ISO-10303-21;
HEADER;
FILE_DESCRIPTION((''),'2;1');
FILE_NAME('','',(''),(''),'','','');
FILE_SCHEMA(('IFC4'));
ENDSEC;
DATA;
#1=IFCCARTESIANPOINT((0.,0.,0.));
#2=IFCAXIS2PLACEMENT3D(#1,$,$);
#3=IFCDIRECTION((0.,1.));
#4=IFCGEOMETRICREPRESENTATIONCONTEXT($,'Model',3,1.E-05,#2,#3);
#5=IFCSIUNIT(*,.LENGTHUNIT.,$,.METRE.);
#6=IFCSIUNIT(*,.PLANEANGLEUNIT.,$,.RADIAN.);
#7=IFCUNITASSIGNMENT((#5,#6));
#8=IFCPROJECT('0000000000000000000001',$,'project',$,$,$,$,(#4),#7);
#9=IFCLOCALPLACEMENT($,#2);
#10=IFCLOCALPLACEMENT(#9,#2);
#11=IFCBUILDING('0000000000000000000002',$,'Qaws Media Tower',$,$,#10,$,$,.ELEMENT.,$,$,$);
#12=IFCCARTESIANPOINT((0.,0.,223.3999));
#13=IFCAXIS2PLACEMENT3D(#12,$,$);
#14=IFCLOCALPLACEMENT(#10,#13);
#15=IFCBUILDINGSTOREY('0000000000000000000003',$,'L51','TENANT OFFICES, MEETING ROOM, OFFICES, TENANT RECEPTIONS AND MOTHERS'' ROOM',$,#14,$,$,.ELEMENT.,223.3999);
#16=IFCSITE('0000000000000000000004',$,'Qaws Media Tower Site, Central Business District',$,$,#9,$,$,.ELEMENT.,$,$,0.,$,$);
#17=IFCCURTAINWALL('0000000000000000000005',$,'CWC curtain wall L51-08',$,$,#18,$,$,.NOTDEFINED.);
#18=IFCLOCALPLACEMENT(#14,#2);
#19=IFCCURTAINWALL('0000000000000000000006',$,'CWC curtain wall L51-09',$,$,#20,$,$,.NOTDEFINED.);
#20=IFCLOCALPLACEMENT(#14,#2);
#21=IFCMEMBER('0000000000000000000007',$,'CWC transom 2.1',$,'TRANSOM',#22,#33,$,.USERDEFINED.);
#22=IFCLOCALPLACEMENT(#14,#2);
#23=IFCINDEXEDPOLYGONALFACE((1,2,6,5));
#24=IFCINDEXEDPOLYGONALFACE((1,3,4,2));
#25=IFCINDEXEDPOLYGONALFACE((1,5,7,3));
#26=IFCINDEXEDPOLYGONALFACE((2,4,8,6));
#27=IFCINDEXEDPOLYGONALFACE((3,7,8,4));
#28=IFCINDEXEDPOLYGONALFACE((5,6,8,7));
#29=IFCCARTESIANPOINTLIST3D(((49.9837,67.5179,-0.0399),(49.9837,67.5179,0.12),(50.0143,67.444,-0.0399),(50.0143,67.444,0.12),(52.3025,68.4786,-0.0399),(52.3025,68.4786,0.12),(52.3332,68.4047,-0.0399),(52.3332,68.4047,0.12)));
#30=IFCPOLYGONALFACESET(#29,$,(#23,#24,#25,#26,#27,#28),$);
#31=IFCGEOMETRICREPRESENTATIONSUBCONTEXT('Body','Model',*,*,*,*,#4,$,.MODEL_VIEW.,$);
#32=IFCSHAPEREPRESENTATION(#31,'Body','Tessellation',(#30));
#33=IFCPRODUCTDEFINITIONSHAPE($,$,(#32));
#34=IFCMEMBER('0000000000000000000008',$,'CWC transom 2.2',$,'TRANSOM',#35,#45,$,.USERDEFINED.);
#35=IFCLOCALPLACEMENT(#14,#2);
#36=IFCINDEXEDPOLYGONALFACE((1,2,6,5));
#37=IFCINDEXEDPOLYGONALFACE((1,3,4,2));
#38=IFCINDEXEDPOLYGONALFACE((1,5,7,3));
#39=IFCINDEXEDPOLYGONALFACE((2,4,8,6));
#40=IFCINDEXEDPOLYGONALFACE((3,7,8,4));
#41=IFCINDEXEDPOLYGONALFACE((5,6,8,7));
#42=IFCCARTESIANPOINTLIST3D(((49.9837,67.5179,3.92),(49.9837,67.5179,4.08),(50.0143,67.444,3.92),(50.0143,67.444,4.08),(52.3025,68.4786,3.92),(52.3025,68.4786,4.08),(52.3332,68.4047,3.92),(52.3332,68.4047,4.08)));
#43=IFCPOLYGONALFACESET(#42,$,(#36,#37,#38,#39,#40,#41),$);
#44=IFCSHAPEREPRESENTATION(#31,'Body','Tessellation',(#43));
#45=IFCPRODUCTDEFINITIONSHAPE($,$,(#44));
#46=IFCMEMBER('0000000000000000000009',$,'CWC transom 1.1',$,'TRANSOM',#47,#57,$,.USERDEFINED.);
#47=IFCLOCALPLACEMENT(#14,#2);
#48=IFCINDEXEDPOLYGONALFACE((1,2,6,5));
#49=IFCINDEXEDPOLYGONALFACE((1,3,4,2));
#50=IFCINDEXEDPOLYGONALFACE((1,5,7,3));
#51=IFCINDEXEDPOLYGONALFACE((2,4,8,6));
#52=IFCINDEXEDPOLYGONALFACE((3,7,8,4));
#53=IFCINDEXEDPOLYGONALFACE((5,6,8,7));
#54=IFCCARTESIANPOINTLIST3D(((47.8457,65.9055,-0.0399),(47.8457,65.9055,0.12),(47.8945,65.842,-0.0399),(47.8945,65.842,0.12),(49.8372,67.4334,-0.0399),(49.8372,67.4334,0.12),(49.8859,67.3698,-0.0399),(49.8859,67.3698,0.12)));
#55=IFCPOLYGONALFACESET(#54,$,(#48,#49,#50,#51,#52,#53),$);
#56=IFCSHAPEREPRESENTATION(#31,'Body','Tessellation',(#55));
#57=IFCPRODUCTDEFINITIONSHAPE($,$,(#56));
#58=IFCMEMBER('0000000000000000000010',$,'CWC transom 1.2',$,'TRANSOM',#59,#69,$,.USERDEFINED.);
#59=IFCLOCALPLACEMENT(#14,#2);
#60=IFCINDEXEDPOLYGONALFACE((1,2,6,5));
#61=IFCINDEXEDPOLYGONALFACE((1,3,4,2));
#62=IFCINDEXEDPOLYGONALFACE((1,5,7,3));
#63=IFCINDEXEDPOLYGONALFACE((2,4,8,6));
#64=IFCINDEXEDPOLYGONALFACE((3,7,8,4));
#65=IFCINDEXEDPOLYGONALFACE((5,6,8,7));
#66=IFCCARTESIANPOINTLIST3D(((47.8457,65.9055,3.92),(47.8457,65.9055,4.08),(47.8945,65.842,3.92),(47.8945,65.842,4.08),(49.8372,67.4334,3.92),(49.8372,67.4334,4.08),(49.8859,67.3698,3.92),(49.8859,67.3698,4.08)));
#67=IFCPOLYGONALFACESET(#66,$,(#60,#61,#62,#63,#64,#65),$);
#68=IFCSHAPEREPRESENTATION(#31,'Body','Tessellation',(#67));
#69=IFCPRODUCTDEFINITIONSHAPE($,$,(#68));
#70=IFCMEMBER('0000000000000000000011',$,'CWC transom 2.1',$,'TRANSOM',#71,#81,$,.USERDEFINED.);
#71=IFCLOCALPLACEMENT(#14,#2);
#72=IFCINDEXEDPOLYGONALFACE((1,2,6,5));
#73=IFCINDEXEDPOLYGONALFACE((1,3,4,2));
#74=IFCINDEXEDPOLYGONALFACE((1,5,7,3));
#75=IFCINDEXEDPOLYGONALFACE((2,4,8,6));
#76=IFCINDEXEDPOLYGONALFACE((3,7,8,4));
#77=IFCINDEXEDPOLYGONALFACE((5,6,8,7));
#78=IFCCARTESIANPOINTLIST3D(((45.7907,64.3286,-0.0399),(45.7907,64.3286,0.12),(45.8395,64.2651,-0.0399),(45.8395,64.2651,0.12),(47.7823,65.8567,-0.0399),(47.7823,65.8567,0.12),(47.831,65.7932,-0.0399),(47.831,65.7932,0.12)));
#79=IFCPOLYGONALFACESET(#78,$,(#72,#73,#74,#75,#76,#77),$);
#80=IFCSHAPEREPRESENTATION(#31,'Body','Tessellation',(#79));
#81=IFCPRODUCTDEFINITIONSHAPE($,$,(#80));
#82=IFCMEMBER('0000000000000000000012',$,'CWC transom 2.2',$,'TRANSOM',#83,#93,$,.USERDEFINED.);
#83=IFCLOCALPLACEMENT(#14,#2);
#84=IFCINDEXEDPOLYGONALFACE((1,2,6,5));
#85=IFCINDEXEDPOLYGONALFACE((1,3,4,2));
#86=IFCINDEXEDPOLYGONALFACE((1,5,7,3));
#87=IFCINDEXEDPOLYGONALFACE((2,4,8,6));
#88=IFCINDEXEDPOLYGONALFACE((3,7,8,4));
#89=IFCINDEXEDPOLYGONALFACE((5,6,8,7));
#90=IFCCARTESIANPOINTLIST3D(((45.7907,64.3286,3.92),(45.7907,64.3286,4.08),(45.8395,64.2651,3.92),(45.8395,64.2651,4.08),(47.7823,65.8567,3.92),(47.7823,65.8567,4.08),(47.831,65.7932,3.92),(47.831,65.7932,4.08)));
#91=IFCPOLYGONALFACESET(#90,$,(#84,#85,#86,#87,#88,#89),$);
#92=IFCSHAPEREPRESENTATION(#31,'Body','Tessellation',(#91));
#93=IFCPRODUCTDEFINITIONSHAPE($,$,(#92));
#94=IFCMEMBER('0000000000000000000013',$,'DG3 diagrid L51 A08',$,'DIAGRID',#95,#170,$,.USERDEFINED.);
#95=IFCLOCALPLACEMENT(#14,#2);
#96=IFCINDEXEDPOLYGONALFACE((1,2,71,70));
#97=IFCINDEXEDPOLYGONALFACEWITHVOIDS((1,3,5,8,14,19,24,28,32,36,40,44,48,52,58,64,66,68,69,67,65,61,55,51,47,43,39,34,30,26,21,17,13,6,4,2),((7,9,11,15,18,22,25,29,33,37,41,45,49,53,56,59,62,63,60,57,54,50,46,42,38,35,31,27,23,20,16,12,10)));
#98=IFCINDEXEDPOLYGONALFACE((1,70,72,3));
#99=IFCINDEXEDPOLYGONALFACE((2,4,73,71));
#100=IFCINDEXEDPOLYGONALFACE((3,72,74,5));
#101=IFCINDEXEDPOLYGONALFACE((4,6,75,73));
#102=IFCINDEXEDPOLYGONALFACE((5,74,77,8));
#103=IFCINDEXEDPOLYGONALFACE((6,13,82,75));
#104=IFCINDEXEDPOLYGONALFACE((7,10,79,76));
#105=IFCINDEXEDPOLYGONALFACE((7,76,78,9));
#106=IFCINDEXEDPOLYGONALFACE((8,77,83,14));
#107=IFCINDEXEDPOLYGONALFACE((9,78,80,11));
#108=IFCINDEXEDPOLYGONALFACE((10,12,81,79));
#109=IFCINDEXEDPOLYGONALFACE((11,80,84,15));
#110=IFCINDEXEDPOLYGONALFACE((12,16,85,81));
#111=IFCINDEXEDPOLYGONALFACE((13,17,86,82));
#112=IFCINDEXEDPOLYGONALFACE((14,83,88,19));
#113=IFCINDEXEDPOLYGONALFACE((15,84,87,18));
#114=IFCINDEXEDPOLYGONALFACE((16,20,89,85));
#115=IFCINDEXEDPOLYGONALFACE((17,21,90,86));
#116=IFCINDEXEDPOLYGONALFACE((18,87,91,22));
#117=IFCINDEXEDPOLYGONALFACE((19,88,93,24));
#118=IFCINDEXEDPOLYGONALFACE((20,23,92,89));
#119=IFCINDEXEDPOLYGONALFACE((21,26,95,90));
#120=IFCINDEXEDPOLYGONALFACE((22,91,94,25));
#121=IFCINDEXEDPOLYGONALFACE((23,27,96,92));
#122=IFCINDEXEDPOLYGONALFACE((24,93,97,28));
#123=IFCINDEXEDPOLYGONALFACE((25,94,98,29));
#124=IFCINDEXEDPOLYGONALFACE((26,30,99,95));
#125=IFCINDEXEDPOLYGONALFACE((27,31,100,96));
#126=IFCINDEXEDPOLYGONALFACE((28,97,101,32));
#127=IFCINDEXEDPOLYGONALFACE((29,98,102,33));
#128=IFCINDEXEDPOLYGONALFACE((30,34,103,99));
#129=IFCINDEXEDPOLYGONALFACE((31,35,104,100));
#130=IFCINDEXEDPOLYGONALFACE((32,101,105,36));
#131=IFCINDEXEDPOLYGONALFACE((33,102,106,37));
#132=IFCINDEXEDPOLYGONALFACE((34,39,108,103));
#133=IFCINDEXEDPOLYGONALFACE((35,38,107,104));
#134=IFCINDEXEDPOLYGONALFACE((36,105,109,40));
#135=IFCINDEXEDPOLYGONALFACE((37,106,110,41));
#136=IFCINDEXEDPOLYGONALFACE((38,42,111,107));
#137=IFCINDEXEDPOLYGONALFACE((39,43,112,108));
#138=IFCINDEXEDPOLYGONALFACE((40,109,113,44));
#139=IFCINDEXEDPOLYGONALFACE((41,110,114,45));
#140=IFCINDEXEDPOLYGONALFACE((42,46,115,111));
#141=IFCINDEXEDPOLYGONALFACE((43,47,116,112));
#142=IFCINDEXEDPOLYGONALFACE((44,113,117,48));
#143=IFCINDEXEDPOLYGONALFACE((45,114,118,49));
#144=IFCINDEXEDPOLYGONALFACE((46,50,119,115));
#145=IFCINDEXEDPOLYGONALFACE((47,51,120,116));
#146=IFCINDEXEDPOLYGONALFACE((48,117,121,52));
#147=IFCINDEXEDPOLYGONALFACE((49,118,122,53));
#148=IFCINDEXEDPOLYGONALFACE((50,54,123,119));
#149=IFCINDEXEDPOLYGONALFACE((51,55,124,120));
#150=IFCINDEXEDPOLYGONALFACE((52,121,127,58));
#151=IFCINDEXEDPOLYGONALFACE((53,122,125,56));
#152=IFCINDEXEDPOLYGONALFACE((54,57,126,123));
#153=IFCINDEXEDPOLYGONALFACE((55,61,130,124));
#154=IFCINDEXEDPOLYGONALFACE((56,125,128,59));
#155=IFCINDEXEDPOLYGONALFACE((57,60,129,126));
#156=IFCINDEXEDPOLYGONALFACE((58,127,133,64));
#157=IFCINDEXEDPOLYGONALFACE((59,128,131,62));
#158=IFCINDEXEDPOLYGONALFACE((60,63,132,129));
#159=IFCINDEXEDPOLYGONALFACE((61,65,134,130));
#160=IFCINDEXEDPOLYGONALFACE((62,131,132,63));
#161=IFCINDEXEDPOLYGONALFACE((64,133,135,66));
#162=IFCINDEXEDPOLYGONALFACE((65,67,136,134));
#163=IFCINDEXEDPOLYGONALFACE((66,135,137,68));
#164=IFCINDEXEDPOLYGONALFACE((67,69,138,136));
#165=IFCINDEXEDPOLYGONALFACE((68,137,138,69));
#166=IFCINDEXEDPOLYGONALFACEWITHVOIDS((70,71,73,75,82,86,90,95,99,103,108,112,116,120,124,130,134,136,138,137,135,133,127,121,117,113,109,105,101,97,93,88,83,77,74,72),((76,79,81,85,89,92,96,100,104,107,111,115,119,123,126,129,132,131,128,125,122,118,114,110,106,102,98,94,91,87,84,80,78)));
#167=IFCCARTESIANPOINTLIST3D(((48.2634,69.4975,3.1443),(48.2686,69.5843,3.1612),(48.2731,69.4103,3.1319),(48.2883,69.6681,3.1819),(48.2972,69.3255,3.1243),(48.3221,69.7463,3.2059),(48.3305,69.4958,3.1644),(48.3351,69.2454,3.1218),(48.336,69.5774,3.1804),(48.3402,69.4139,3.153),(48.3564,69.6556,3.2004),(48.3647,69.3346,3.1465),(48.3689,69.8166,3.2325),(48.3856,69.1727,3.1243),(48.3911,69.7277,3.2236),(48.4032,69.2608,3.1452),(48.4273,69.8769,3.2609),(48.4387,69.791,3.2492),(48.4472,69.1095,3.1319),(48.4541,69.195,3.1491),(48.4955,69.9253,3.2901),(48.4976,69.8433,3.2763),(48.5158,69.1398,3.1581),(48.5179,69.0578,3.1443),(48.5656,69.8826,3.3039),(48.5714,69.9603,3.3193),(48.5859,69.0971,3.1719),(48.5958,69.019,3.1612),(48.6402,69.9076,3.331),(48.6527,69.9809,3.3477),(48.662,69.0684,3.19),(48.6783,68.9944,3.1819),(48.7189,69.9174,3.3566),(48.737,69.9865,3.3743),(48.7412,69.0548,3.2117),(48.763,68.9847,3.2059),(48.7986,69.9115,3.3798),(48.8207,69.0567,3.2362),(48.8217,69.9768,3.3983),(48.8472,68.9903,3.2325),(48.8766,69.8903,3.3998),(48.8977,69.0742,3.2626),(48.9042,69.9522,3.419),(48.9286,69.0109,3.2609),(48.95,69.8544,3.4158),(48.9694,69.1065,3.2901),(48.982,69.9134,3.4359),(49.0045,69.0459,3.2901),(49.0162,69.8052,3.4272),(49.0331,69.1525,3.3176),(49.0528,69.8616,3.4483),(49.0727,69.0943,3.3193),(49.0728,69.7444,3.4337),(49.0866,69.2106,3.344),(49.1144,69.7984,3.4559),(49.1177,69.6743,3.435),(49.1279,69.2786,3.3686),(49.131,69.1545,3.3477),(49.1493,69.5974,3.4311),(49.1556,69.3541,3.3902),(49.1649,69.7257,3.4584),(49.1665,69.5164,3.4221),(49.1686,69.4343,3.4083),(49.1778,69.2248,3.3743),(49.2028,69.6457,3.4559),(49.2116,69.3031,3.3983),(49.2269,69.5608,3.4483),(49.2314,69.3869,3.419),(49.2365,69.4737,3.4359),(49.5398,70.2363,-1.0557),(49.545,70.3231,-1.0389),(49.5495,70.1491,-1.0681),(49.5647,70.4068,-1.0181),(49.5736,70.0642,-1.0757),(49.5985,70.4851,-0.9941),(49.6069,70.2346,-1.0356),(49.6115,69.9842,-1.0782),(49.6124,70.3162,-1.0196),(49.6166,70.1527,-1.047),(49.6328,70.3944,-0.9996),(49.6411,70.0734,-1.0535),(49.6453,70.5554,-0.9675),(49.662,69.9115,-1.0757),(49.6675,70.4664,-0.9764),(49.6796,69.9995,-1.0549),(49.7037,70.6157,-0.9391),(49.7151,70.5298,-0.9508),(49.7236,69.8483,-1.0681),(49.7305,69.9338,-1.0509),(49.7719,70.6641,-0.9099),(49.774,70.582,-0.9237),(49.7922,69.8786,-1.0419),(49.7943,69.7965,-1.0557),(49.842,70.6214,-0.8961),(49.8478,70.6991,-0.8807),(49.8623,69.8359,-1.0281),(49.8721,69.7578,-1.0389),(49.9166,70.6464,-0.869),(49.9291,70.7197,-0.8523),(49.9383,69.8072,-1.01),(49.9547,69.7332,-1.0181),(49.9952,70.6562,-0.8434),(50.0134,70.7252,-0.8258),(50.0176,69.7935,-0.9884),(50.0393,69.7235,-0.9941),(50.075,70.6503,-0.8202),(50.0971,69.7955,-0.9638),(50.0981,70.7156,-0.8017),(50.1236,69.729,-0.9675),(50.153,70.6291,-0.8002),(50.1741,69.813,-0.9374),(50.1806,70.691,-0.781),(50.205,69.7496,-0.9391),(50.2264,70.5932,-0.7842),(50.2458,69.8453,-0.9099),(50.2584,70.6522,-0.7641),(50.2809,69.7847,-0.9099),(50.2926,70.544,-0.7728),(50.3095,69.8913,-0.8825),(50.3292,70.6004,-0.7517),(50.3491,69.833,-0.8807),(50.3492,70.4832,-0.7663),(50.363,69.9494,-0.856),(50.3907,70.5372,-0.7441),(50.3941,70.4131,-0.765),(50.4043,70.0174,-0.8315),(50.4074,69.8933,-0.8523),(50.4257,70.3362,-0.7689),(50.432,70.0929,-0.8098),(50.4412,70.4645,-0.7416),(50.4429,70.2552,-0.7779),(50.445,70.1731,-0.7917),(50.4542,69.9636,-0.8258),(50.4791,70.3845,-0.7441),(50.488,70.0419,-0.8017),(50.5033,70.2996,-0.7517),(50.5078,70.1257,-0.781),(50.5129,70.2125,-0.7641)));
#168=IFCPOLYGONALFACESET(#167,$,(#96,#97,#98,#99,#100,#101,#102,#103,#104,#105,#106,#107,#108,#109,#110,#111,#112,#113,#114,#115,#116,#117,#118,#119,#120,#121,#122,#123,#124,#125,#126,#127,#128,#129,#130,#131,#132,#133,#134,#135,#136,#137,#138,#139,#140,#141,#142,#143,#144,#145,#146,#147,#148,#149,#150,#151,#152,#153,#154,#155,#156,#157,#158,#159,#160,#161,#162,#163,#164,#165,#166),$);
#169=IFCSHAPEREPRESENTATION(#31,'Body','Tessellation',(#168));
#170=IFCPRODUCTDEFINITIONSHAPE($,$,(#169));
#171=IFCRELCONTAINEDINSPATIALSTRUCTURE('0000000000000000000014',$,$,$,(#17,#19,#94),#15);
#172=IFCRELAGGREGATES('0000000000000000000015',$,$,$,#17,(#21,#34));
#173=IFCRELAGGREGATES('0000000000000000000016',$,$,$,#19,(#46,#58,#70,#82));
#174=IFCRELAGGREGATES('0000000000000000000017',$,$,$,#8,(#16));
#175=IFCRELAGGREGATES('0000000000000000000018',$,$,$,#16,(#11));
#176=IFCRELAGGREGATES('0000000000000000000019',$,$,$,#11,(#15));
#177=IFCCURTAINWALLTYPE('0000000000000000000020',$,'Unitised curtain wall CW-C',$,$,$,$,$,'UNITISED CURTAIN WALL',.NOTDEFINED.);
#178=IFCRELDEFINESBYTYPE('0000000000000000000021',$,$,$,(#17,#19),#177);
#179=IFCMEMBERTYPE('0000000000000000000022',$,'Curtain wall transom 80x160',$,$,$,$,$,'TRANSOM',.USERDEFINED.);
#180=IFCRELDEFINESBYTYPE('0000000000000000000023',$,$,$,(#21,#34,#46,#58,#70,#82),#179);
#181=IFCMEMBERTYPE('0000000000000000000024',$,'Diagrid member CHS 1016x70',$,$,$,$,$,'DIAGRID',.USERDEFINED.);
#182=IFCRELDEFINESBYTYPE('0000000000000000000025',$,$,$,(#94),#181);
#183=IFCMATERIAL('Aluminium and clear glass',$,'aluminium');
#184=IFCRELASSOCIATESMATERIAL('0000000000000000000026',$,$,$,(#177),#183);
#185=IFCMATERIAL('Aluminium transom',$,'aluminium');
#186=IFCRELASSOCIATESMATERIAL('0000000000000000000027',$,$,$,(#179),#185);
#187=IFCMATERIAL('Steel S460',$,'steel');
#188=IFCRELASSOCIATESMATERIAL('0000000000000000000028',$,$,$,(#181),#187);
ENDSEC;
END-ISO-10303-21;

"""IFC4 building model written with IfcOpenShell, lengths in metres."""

from ifc_helpers import new_model, si_unit, direction, frame, origin, origin_2d, place, context, subcontext, project, spatial, rectangle, hollow_circle, extrude, material, material_profile, profile_set, type_object, element, aggregate, save


model = new_model("IFC4")

# Units and contexts
model_context = context("Model", 3, precision=1e-05, world=origin(), true_north=direction((0.0, 1.0)))
body_context = subcontext(model_context, "Body", "Model", "MODEL_VIEW")
ifc_project = project(units=[si_unit("LENGTHUNIT", "METRE"), si_unit("PLANEANGLEUNIT", "RADIAN")], contexts=[model_context])

# Site, building, storey
site_placement = place(None, origin())
site = spatial("IfcSite", under=ifc_project, at=site_placement, Name="Qaws Media Tower Site, Central Business District", CompositionType="ELEMENT", RefElevation=0.0)
building_placement = place(site_placement, origin())
building = spatial("IfcBuilding", under=site, at=building_placement, Name="Qaws Media Tower", CompositionType="ELEMENT")
storey_placement = place(building_placement, frame((0.0, 0.0, 223.3999)))
storey = spatial("IfcBuildingStorey", under=building, at=storey_placement, Name="L51", Description="TENANT OFFICES, MEETING ROOM, OFFICES, TENANT RECEPTIONS AND MOTHERS' ROOM", CompositionType="ELEMENT", Elevation=223.3999)

# Curtain walls
ifc_material_1 = material(Name="Aluminium and clear glass", Category="aluminium")
curtain_wall_type = type_object("IfcCurtainWallType", Name="Unitised curtain wall CW-C", ElementType="UNITISED CURTAIN WALL", PredefinedType="NOTDEFINED", material=ifc_material_1)
curtain_wall_1_placement = place(storey_placement, origin())
curtain_wall_1 = element("IfcCurtainWall", 1, at=curtain_wall_1_placement, inside=storey, type_object=curtain_wall_type, Name="CWC curtain wall L51-08", PredefinedType="NOTDEFINED")
curtain_wall_2_placement = place(storey_placement, origin())
curtain_wall_2 = element("IfcCurtainWall", 2, at=curtain_wall_2_placement, inside=storey, type_object=curtain_wall_type, Name="CWC curtain wall L51-09", PredefinedType="NOTDEFINED")

# Members
ifc_material_2 = material(Name="Aluminium transom", Category="aluminium")
ifc_material_profile_1 = material_profile(ifc_material_2, rectangle(XDim=0.0801, YDim=0.1599, at=origin_2d()), Name="80x160")
ifc_profile_set_1 = profile_set([ifc_material_profile_1], Name="Aluminium transom")
member_type_1 = type_object("IfcMemberType", Name="Curtain wall transom 80x160", ElementType="TRANSOM", PredefinedType="USERDEFINED", material=ifc_profile_set_1)
member_1_placement = place(storey_placement, frame((52.3179, 68.4417, 0.04), z_axis=(-0.923852, -0.38275, 0.0), x_axis=(0.38275, -0.923852, 0.0)))
member_1 = element("IfcMember", 3, at=member_1_placement, type_object=member_type_1, Name="CWC transom 2.1", ObjectType="TRANSOM", PredefinedType="USERDEFINED", context=body_context, shape_type="SweptSolid", body=[
    extrude(rectangle(XDim=0.0801, YDim=0.1599, at=origin_2d()), origin(), (0.0, 0.0, 1.0), 2.51),
])
member_2_placement = place(storey_placement, frame((52.3179, 68.4417, 4.0), z_axis=(-0.923852, -0.38275, 0.0), x_axis=(0.38275, -0.923852, 0.0)))
member_2 = element("IfcMember", 4, at=member_2_placement, type_object=member_type_1, Name="CWC transom 2.2", ObjectType="TRANSOM", PredefinedType="USERDEFINED", context=body_context, shape_type="SweptSolid", body=[
    extrude(rectangle(XDim=0.0801, YDim=0.1599, at=origin_2d()), origin(), (0.0, 0.0, 1.0), 2.51),
])
member_3_placement = place(storey_placement, frame((49.8616, 67.4016, 0.04), z_axis=(-0.793404, -0.608695, 0.0), x_axis=(0.608695, -0.793404, 0.0)))
member_3 = element("IfcMember", 5, at=member_3_placement, type_object=member_type_1, Name="CWC transom 1.1", ObjectType="TRANSOM", PredefinedType="USERDEFINED", context=body_context, shape_type="SweptSolid", body=[
    extrude(rectangle(XDim=0.0801, YDim=0.1599, at=origin_2d()), origin(), (0.0, 0.0, 1.0), 2.51),
])
member_4_placement = place(storey_placement, frame((49.8616, 67.4016, 4.0), z_axis=(-0.793404, -0.608695, 0.0), x_axis=(0.608695, -0.793404, 0.0)))
member_4 = element("IfcMember", 6, at=member_4_placement, type_object=member_type_1, Name="CWC transom 1.2", ObjectType="TRANSOM", PredefinedType="USERDEFINED", context=body_context, shape_type="SweptSolid", body=[
    extrude(rectangle(XDim=0.0801, YDim=0.1599, at=origin_2d()), origin(), (0.0, 0.0, 1.0), 2.51),
])
member_5_placement = place(storey_placement, frame((47.8066, 65.825, 0.04), z_axis=(-0.793357, -0.608756, 0.0), x_axis=(0.608756, -0.793357, 0.0)))
member_5 = element("IfcMember", 7, at=member_5_placement, type_object=member_type_1, Name="CWC transom 2.1", ObjectType="TRANSOM", PredefinedType="USERDEFINED", context=body_context, shape_type="SweptSolid", body=[
    extrude(rectangle(XDim=0.0801, YDim=0.1599, at=origin_2d()), origin(), (0.0, 0.0, 1.0), 2.5103),
])
member_6_placement = place(storey_placement, frame((47.8066, 65.825, 4.0), z_axis=(-0.793357, -0.608756, 0.0), x_axis=(0.608756, -0.793357, 0.0)))
member_6 = element("IfcMember", 8, at=member_6_placement, type_object=member_type_1, Name="CWC transom 2.2", ObjectType="TRANSOM", PredefinedType="USERDEFINED", context=body_context, shape_type="SweptSolid", body=[
    extrude(rectangle(XDim=0.0801, YDim=0.1599, at=origin_2d()), origin(), (0.0, 0.0, 1.0), 2.5103),
])

# Member
ifc_material_3 = material(Name="Steel S460", Category="steel")
ifc_material_profile_2 = material_profile(ifc_material_3, hollow_circle(Radius=0.5081, WallThickness=0.0701, at=origin_2d()), Name="CHS 1016x70")
ifc_profile_set_2 = profile_set([ifc_material_profile_2], Name="Steel S460")
member_type_2 = type_object("IfcMemberType", Name="Diagrid member CHS 1016x70", ElementType="DIAGRID", PredefinedType="USERDEFINED", material=ifc_profile_set_2)
for number, where, z_axis, x_axis, name in (
    (9, (50.0264, 70.2244, -0.9099), (-0.286737, -0.165965, 0.943524), (0.500945, -0.865479, 0.0), "DG3 diagrid L51 A08"),
):
    element("IfcMember", number, at=place(storey_placement, frame(where, z_axis=z_axis, x_axis=x_axis)), inside=storey, type_object=member_type_2, Name=name, ObjectType="DIAGRID", PredefinedType="USERDEFINED", context=body_context, shape_type="SweptSolid", body=[
        extrude(hollow_circle(Radius=0.5081, WallThickness=0.0701, at=origin_2d()), origin(), (0.0, 0.0, 1.0), 4.4514),
    ])

aggregate(curtain_wall_1, [member_1, member_2])
aggregate(curtain_wall_2, [member_3, member_4, member_5, member_6])

save(model, "model.ifc")
